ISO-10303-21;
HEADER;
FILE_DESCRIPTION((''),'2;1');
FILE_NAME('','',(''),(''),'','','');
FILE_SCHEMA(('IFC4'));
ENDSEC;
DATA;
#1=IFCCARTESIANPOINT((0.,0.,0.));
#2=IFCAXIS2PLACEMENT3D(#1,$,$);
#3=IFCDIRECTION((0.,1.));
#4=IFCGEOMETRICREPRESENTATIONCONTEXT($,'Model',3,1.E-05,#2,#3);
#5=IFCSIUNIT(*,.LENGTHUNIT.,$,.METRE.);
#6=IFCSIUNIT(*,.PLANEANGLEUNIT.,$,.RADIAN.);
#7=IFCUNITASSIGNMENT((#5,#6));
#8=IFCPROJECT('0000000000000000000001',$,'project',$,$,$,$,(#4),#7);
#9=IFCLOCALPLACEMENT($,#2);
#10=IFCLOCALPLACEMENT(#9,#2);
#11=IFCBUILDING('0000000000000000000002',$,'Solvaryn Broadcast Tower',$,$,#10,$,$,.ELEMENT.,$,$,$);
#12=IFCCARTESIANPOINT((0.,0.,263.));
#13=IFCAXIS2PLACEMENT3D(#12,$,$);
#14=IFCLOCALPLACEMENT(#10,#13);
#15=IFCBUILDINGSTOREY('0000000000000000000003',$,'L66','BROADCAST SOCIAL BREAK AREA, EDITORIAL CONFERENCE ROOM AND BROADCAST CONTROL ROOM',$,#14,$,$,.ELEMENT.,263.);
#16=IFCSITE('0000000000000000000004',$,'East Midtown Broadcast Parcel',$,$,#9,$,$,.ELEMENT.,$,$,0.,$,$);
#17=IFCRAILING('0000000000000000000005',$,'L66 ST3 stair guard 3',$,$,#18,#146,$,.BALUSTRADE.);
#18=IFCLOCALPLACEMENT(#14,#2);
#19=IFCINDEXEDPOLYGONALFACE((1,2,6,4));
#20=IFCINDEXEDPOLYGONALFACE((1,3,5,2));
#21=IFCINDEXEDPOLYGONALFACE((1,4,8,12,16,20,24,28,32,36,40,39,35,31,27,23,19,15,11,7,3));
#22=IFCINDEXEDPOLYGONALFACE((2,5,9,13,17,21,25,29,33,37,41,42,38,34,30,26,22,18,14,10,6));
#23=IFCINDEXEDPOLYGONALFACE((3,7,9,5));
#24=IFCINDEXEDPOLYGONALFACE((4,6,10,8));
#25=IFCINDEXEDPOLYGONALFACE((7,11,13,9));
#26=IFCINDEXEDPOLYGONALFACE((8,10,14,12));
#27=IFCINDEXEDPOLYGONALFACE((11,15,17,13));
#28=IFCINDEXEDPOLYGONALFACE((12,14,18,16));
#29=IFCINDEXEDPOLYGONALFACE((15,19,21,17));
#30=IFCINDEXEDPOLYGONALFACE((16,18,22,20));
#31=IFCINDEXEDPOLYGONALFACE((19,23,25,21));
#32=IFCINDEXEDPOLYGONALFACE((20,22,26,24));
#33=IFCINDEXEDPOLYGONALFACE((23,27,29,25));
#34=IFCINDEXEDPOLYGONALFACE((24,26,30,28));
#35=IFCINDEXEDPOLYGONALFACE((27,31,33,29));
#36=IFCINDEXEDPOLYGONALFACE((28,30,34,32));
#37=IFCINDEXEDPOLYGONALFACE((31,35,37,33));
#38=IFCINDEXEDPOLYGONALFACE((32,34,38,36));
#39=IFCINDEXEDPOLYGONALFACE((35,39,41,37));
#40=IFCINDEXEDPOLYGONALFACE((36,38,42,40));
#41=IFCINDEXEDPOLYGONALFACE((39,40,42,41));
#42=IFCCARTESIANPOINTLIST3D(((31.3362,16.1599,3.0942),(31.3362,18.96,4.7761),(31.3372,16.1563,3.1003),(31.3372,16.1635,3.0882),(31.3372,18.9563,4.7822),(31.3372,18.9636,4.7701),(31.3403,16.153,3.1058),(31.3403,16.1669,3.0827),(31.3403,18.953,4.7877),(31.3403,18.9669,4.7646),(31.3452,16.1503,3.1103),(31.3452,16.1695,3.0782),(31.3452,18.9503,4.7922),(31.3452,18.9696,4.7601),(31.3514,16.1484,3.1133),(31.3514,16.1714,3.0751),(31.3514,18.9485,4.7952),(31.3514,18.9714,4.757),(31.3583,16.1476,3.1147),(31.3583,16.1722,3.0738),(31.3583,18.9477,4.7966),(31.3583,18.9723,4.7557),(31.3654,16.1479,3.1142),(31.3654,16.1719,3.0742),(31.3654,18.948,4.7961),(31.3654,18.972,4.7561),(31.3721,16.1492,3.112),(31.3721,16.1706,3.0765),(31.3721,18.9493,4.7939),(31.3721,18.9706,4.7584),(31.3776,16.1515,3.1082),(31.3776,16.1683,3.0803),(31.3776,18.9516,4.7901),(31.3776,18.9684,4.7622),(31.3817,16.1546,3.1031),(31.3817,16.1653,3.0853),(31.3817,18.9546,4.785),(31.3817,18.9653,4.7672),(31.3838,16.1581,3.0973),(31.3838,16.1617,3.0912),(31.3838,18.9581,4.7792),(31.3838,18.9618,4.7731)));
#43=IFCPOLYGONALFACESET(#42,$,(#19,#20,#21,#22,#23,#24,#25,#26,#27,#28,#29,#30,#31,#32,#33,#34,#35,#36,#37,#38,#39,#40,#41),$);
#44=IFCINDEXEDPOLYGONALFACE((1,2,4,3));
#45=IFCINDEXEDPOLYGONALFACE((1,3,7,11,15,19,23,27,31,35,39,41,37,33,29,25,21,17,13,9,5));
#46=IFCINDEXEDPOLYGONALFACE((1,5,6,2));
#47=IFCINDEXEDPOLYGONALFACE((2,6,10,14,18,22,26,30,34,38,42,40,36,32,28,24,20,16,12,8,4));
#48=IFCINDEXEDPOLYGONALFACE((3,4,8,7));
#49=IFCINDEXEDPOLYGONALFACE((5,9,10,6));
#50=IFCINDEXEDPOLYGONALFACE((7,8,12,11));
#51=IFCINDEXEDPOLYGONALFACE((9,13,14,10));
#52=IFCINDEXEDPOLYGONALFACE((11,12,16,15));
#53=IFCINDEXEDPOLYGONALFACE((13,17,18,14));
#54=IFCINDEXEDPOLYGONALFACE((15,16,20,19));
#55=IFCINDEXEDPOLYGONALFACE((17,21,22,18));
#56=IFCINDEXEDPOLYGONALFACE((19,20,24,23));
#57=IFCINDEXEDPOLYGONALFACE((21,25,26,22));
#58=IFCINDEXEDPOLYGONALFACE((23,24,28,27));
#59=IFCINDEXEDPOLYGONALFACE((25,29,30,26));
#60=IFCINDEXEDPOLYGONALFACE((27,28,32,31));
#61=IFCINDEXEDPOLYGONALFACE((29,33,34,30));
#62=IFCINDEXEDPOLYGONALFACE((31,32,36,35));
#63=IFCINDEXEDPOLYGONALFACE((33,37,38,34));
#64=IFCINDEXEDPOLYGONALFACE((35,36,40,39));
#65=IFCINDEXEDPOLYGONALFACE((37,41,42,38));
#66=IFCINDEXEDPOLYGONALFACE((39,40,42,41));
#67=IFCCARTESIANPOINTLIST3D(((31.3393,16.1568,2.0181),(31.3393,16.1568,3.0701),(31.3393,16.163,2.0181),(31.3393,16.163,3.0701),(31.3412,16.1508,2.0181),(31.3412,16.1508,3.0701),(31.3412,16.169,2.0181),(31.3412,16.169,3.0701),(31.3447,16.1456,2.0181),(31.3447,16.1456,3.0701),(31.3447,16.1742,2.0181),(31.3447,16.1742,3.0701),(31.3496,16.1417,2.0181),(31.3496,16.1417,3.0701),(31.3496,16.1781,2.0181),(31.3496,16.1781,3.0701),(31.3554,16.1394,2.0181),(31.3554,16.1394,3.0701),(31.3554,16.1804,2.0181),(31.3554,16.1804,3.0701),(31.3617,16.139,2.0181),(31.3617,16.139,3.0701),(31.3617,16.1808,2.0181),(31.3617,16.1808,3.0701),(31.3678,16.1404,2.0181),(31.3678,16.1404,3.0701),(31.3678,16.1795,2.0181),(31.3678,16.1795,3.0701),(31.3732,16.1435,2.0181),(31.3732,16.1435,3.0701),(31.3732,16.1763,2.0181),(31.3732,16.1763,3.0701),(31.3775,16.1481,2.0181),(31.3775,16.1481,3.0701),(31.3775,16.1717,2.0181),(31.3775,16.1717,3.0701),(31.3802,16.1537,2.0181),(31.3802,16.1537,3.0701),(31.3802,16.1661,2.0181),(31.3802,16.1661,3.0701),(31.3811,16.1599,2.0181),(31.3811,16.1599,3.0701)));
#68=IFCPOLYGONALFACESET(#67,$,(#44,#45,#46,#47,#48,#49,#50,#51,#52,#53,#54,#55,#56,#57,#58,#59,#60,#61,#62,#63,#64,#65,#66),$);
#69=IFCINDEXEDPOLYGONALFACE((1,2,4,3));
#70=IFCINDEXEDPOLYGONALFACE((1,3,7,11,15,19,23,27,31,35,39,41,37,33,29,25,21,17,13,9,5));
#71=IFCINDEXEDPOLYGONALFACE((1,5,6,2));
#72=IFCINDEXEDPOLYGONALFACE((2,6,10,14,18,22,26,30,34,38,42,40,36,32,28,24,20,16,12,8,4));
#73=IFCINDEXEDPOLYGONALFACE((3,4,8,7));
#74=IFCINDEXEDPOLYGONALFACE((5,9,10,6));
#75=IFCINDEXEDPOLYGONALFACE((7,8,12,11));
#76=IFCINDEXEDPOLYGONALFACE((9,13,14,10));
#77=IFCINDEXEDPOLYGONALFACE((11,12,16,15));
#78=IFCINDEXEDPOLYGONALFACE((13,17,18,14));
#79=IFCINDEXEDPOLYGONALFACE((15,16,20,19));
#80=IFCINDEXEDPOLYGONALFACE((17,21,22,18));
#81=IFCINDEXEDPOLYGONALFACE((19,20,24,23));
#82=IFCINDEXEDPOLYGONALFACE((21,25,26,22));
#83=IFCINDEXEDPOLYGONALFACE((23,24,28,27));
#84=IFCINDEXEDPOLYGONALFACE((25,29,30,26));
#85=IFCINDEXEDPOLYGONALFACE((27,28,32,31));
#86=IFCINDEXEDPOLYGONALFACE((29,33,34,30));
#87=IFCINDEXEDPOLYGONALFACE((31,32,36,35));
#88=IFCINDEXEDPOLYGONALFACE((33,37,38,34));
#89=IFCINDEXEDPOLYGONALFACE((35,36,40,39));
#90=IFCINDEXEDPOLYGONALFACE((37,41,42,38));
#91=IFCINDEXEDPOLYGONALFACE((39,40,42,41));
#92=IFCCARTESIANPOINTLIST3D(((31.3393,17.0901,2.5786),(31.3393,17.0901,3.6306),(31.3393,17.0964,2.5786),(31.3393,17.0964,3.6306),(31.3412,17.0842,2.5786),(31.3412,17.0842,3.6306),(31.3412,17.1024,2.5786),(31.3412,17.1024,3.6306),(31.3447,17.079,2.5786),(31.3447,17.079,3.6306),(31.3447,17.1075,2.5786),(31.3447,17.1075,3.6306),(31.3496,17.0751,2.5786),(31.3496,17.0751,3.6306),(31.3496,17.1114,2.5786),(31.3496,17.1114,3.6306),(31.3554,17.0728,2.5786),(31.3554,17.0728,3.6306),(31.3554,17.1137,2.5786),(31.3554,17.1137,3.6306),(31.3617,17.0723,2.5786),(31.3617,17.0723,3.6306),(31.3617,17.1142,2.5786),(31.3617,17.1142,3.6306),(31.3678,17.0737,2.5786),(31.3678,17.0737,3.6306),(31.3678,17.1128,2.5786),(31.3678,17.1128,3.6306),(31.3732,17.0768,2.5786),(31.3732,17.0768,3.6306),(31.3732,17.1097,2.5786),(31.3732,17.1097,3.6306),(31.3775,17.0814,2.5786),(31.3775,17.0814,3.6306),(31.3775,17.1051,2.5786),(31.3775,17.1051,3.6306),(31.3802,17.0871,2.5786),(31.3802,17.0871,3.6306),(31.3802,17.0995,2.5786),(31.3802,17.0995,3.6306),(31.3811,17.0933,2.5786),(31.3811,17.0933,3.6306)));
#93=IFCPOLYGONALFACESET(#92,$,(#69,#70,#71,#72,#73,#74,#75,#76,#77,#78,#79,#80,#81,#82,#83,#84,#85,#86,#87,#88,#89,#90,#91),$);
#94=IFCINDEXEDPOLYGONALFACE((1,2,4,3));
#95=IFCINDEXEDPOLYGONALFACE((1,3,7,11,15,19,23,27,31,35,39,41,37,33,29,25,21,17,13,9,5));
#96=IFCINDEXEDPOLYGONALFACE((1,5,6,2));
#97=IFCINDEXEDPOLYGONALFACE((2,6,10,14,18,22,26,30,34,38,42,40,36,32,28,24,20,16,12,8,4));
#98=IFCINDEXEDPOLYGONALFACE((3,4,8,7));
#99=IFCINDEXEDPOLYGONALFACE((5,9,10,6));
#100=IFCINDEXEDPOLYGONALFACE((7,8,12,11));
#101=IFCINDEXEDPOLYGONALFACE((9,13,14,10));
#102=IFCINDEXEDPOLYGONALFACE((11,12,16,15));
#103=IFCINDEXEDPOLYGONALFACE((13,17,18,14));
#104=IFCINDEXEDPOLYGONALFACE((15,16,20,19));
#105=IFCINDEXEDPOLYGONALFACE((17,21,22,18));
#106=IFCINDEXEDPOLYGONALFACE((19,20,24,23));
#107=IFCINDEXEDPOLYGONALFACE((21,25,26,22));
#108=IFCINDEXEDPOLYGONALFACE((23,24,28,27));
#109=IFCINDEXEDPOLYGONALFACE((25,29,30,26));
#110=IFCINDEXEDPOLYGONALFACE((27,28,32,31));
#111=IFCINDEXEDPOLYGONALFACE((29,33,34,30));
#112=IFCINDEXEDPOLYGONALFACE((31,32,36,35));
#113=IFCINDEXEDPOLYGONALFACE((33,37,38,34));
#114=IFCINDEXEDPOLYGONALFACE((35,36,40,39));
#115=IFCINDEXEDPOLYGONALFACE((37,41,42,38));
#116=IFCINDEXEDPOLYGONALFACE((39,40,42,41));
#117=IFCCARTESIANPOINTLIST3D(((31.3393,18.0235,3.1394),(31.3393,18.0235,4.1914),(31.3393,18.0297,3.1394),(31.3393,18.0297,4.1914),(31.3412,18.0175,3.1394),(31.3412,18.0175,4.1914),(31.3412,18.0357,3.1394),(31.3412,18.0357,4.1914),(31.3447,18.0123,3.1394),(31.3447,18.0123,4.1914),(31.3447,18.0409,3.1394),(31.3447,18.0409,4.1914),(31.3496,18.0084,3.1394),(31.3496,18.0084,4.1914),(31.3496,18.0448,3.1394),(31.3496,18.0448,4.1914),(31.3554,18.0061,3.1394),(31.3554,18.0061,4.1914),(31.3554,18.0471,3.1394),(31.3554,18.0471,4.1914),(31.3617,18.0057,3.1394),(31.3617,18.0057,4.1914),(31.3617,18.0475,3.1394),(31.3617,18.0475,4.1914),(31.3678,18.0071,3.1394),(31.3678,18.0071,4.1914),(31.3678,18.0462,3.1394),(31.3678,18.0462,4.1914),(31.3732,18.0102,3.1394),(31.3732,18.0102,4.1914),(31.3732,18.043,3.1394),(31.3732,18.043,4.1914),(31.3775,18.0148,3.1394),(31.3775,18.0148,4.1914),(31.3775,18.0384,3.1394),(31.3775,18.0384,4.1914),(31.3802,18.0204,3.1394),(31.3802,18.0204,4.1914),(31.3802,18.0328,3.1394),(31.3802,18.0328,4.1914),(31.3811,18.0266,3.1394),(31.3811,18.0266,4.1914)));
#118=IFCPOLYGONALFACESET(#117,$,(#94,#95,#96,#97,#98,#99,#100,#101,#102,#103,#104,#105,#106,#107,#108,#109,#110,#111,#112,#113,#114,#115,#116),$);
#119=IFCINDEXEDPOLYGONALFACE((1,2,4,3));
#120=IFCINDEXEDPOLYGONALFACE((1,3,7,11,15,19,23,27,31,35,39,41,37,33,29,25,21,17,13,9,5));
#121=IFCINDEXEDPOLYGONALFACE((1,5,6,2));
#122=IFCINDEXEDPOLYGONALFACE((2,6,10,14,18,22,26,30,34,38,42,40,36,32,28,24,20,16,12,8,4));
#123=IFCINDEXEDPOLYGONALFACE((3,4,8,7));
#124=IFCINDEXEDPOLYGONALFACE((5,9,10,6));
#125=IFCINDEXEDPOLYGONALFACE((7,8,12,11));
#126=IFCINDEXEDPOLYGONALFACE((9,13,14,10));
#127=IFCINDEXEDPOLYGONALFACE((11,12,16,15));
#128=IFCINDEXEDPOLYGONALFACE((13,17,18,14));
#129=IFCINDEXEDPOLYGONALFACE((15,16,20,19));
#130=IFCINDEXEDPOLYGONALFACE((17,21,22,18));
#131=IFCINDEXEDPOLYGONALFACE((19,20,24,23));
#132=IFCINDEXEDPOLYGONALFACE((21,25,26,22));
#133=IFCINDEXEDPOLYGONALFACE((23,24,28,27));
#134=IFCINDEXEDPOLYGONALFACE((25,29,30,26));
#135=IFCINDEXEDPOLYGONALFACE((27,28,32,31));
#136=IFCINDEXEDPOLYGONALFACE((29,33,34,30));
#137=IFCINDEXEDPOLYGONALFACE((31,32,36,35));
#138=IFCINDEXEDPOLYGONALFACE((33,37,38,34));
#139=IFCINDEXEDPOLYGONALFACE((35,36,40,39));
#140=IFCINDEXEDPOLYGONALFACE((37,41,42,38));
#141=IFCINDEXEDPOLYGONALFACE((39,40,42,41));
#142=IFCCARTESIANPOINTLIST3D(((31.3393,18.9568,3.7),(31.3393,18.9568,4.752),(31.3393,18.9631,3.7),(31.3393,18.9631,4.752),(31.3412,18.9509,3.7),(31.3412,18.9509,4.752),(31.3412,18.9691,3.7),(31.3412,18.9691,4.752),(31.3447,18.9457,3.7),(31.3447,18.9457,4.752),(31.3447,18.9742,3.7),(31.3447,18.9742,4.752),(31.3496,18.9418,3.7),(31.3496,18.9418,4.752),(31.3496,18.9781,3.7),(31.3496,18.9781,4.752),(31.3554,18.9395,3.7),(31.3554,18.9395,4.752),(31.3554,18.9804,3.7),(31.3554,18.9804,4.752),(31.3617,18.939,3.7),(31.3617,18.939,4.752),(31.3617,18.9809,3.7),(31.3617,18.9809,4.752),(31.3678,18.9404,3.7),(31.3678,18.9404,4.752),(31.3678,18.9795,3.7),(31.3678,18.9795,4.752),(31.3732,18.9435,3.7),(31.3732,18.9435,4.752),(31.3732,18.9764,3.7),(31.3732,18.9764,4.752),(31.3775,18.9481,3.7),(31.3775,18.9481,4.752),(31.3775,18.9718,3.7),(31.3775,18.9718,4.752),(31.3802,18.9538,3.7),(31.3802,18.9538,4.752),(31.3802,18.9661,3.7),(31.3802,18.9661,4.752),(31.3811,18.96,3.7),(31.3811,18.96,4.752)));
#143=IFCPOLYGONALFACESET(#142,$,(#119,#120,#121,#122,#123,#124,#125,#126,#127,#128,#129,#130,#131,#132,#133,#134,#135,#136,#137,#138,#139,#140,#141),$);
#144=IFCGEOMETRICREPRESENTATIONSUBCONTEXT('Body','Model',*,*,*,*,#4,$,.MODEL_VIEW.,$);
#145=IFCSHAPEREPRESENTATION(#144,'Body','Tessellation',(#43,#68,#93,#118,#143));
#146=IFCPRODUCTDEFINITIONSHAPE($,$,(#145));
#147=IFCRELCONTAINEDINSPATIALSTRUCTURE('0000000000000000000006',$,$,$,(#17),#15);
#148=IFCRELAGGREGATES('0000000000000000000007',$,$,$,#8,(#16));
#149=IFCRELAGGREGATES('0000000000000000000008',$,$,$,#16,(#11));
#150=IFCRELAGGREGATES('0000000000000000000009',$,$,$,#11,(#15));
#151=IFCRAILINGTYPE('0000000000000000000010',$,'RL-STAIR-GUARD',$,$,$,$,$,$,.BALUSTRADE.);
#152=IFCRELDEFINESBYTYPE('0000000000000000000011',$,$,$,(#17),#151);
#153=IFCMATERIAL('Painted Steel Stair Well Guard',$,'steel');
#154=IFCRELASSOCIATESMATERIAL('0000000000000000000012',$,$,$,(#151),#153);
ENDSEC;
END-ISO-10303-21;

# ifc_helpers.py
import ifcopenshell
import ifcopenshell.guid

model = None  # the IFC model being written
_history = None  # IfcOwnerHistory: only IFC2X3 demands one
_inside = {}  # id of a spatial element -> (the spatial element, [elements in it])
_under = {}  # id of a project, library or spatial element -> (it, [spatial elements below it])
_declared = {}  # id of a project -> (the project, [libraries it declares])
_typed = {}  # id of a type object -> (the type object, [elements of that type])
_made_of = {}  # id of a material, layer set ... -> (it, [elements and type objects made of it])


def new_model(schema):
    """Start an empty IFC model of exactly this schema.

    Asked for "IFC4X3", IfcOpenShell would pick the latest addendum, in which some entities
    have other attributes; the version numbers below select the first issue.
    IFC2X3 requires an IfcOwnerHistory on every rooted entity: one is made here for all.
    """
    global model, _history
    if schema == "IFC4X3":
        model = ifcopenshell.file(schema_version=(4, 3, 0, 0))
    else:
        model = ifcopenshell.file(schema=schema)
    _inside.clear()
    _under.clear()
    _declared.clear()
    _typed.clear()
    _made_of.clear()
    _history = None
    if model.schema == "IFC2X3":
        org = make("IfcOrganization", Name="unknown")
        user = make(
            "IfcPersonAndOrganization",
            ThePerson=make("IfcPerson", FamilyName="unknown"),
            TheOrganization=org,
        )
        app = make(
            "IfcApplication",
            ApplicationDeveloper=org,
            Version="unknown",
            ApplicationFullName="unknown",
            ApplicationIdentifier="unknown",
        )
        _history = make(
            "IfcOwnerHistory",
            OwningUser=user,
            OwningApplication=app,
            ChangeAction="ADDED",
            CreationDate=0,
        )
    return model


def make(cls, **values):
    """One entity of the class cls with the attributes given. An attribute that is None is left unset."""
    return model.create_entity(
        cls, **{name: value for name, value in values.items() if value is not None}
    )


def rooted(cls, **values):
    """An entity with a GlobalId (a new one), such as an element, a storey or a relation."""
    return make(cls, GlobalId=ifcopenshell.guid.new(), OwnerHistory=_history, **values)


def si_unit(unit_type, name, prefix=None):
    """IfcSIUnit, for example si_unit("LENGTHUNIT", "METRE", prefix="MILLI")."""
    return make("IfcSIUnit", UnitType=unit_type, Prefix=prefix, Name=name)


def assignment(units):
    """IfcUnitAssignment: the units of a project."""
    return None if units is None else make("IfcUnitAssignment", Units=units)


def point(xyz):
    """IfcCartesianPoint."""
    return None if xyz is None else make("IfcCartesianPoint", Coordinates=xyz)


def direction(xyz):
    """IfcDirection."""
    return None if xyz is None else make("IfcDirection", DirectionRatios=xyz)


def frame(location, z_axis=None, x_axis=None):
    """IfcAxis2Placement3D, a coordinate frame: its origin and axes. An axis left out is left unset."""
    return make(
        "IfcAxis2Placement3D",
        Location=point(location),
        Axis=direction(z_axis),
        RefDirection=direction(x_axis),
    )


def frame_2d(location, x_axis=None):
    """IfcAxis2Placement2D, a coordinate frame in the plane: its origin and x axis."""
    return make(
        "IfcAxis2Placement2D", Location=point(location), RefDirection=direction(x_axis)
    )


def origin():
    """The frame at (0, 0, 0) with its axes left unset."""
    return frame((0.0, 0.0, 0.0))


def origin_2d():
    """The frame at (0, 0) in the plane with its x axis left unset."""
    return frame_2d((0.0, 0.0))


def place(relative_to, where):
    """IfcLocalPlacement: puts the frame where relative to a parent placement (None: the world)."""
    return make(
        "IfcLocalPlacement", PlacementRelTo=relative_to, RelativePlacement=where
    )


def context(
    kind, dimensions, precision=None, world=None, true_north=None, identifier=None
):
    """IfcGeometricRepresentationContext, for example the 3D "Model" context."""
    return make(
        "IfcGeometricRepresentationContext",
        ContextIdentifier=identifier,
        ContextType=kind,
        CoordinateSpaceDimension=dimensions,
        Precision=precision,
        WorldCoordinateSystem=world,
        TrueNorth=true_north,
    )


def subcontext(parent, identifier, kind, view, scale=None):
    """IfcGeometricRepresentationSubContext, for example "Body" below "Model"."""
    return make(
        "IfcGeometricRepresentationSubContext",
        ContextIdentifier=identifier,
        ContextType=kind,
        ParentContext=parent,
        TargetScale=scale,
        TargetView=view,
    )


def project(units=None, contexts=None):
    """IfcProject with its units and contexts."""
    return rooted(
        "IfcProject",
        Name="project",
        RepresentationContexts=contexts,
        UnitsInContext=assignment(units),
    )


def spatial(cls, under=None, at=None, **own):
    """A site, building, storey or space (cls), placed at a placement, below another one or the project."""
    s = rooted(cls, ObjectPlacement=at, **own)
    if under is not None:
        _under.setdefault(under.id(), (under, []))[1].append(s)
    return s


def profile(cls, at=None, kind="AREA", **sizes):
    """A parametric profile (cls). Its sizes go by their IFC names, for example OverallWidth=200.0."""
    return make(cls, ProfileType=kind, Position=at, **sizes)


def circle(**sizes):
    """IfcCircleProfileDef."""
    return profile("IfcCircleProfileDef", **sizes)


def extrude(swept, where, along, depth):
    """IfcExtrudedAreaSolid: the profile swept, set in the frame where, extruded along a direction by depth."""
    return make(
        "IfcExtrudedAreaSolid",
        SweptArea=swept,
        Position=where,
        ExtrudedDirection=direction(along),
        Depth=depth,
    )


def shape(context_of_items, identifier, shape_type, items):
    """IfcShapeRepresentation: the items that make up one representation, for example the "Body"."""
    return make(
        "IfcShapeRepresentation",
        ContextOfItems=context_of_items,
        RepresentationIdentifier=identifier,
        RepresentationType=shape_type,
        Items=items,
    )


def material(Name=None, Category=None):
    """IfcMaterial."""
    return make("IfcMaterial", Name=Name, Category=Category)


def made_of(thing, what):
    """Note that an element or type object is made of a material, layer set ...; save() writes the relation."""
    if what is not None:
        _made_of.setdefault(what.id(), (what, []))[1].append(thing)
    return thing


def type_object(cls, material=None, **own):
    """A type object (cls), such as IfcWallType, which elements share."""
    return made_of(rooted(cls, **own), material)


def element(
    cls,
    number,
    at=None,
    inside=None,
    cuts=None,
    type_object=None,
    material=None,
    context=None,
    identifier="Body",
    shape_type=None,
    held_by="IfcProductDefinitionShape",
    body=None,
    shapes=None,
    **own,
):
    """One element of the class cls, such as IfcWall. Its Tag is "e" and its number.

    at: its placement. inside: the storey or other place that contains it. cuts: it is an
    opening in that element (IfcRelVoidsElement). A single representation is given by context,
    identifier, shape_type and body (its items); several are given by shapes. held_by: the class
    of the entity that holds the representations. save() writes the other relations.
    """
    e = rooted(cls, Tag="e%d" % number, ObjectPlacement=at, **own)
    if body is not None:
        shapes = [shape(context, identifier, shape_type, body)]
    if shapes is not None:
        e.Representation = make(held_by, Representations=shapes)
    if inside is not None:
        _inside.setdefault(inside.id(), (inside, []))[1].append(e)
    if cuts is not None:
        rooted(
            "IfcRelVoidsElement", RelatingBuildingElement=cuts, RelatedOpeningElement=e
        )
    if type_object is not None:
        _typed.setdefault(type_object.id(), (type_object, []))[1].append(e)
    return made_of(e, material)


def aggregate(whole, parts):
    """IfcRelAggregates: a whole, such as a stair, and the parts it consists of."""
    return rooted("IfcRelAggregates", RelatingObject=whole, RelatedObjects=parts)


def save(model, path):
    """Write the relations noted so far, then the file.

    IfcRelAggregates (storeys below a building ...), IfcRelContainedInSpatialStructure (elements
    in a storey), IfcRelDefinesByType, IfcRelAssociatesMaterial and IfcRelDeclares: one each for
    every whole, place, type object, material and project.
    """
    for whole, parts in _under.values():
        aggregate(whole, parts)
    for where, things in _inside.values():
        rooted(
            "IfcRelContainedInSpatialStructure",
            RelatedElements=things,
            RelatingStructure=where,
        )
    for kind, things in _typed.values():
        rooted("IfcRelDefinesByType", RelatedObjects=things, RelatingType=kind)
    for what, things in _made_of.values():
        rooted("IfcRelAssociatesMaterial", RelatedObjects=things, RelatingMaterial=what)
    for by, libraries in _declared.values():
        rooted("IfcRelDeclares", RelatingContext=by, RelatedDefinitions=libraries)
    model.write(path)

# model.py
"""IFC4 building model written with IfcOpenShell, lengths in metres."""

from ifc_helpers import new_model, si_unit, direction, frame, origin, origin_2d, place, context, subcontext, project, spatial, circle, extrude, material, type_object, element, save


model = new_model("IFC4")

# Units and contexts
model_context = context("Model", 3, precision=1e-05, world=origin(), true_north=direction((0.0, 1.0)))
body_context = subcontext(model_context, "Body", "Model", "MODEL_VIEW")
ifc_project = project(units=[si_unit("LENGTHUNIT", "METRE"), si_unit("PLANEANGLEUNIT", "RADIAN")], contexts=[model_context])

# Site, building, storey
site_placement = place(None, origin())
site = spatial("IfcSite", under=ifc_project, at=site_placement, Name="East Midtown Broadcast Parcel", CompositionType="ELEMENT", RefElevation=0.0)
building_placement = place(site_placement, origin())
building = spatial("IfcBuilding", under=site, at=building_placement, Name="Solvaryn Broadcast Tower", CompositionType="ELEMENT")
storey_placement = place(building_placement, frame((0.0, 0.0, 263.0)))
storey = spatial("IfcBuildingStorey", under=building, at=storey_placement, Name="L66", Description="BROADCAST SOCIAL BREAK AREA, EDITORIAL CONFERENCE ROOM AND BROADCAST CONTROL ROOM", CompositionType="ELEMENT", Elevation=263.0)

# Railing
ifc_material_1 = material(Name="Painted Steel Stair Well Guard", Category="steel")
railing_type_1 = type_object("IfcRailingType", Name="RL-STAIR-GUARD", PredefinedType="BALUSTRADE", material=ifc_material_1)
railing_1_placement = place(storey_placement, frame((31.3601, 16.1599, 2.0181)))
element("IfcRailing", 1, at=railing_1_placement, inside=storey, type_object=railing_type_1, Name="L66 ST3 stair guard 3", PredefinedType="BALUSTRADE", context=body_context, shape_type="SweptSolid", body=[
    extrude(circle(Radius=0.0239, at=origin_2d()), frame((0.0, 0.0, 1.0762), z_axis=(0.0, 0.857242, 0.514913), x_axis=(-1.0, 0.0, 0.0)), (0.0, 0.0, 1.0), 3.2664),
    extrude(circle(Radius=0.021, at=origin_2d()), origin(), (0.0, 0.0, 1.0), 1.052),
    extrude(circle(Radius=0.021, at=origin_2d()), frame((0.0, 0.9333, 0.5605)), (0.0, 0.0, 1.0), 1.052),
    extrude(circle(Radius=0.021, at=origin_2d()), frame((0.0, 1.8667, 1.1213)), (0.0, 0.0, 1.0), 1.052),
    extrude(circle(Radius=0.021, at=origin_2d()), frame((0.0, 2.8, 1.6819)), (0.0, 0.0, 1.0), 1.052),
])

save(model, "model.ifc")
